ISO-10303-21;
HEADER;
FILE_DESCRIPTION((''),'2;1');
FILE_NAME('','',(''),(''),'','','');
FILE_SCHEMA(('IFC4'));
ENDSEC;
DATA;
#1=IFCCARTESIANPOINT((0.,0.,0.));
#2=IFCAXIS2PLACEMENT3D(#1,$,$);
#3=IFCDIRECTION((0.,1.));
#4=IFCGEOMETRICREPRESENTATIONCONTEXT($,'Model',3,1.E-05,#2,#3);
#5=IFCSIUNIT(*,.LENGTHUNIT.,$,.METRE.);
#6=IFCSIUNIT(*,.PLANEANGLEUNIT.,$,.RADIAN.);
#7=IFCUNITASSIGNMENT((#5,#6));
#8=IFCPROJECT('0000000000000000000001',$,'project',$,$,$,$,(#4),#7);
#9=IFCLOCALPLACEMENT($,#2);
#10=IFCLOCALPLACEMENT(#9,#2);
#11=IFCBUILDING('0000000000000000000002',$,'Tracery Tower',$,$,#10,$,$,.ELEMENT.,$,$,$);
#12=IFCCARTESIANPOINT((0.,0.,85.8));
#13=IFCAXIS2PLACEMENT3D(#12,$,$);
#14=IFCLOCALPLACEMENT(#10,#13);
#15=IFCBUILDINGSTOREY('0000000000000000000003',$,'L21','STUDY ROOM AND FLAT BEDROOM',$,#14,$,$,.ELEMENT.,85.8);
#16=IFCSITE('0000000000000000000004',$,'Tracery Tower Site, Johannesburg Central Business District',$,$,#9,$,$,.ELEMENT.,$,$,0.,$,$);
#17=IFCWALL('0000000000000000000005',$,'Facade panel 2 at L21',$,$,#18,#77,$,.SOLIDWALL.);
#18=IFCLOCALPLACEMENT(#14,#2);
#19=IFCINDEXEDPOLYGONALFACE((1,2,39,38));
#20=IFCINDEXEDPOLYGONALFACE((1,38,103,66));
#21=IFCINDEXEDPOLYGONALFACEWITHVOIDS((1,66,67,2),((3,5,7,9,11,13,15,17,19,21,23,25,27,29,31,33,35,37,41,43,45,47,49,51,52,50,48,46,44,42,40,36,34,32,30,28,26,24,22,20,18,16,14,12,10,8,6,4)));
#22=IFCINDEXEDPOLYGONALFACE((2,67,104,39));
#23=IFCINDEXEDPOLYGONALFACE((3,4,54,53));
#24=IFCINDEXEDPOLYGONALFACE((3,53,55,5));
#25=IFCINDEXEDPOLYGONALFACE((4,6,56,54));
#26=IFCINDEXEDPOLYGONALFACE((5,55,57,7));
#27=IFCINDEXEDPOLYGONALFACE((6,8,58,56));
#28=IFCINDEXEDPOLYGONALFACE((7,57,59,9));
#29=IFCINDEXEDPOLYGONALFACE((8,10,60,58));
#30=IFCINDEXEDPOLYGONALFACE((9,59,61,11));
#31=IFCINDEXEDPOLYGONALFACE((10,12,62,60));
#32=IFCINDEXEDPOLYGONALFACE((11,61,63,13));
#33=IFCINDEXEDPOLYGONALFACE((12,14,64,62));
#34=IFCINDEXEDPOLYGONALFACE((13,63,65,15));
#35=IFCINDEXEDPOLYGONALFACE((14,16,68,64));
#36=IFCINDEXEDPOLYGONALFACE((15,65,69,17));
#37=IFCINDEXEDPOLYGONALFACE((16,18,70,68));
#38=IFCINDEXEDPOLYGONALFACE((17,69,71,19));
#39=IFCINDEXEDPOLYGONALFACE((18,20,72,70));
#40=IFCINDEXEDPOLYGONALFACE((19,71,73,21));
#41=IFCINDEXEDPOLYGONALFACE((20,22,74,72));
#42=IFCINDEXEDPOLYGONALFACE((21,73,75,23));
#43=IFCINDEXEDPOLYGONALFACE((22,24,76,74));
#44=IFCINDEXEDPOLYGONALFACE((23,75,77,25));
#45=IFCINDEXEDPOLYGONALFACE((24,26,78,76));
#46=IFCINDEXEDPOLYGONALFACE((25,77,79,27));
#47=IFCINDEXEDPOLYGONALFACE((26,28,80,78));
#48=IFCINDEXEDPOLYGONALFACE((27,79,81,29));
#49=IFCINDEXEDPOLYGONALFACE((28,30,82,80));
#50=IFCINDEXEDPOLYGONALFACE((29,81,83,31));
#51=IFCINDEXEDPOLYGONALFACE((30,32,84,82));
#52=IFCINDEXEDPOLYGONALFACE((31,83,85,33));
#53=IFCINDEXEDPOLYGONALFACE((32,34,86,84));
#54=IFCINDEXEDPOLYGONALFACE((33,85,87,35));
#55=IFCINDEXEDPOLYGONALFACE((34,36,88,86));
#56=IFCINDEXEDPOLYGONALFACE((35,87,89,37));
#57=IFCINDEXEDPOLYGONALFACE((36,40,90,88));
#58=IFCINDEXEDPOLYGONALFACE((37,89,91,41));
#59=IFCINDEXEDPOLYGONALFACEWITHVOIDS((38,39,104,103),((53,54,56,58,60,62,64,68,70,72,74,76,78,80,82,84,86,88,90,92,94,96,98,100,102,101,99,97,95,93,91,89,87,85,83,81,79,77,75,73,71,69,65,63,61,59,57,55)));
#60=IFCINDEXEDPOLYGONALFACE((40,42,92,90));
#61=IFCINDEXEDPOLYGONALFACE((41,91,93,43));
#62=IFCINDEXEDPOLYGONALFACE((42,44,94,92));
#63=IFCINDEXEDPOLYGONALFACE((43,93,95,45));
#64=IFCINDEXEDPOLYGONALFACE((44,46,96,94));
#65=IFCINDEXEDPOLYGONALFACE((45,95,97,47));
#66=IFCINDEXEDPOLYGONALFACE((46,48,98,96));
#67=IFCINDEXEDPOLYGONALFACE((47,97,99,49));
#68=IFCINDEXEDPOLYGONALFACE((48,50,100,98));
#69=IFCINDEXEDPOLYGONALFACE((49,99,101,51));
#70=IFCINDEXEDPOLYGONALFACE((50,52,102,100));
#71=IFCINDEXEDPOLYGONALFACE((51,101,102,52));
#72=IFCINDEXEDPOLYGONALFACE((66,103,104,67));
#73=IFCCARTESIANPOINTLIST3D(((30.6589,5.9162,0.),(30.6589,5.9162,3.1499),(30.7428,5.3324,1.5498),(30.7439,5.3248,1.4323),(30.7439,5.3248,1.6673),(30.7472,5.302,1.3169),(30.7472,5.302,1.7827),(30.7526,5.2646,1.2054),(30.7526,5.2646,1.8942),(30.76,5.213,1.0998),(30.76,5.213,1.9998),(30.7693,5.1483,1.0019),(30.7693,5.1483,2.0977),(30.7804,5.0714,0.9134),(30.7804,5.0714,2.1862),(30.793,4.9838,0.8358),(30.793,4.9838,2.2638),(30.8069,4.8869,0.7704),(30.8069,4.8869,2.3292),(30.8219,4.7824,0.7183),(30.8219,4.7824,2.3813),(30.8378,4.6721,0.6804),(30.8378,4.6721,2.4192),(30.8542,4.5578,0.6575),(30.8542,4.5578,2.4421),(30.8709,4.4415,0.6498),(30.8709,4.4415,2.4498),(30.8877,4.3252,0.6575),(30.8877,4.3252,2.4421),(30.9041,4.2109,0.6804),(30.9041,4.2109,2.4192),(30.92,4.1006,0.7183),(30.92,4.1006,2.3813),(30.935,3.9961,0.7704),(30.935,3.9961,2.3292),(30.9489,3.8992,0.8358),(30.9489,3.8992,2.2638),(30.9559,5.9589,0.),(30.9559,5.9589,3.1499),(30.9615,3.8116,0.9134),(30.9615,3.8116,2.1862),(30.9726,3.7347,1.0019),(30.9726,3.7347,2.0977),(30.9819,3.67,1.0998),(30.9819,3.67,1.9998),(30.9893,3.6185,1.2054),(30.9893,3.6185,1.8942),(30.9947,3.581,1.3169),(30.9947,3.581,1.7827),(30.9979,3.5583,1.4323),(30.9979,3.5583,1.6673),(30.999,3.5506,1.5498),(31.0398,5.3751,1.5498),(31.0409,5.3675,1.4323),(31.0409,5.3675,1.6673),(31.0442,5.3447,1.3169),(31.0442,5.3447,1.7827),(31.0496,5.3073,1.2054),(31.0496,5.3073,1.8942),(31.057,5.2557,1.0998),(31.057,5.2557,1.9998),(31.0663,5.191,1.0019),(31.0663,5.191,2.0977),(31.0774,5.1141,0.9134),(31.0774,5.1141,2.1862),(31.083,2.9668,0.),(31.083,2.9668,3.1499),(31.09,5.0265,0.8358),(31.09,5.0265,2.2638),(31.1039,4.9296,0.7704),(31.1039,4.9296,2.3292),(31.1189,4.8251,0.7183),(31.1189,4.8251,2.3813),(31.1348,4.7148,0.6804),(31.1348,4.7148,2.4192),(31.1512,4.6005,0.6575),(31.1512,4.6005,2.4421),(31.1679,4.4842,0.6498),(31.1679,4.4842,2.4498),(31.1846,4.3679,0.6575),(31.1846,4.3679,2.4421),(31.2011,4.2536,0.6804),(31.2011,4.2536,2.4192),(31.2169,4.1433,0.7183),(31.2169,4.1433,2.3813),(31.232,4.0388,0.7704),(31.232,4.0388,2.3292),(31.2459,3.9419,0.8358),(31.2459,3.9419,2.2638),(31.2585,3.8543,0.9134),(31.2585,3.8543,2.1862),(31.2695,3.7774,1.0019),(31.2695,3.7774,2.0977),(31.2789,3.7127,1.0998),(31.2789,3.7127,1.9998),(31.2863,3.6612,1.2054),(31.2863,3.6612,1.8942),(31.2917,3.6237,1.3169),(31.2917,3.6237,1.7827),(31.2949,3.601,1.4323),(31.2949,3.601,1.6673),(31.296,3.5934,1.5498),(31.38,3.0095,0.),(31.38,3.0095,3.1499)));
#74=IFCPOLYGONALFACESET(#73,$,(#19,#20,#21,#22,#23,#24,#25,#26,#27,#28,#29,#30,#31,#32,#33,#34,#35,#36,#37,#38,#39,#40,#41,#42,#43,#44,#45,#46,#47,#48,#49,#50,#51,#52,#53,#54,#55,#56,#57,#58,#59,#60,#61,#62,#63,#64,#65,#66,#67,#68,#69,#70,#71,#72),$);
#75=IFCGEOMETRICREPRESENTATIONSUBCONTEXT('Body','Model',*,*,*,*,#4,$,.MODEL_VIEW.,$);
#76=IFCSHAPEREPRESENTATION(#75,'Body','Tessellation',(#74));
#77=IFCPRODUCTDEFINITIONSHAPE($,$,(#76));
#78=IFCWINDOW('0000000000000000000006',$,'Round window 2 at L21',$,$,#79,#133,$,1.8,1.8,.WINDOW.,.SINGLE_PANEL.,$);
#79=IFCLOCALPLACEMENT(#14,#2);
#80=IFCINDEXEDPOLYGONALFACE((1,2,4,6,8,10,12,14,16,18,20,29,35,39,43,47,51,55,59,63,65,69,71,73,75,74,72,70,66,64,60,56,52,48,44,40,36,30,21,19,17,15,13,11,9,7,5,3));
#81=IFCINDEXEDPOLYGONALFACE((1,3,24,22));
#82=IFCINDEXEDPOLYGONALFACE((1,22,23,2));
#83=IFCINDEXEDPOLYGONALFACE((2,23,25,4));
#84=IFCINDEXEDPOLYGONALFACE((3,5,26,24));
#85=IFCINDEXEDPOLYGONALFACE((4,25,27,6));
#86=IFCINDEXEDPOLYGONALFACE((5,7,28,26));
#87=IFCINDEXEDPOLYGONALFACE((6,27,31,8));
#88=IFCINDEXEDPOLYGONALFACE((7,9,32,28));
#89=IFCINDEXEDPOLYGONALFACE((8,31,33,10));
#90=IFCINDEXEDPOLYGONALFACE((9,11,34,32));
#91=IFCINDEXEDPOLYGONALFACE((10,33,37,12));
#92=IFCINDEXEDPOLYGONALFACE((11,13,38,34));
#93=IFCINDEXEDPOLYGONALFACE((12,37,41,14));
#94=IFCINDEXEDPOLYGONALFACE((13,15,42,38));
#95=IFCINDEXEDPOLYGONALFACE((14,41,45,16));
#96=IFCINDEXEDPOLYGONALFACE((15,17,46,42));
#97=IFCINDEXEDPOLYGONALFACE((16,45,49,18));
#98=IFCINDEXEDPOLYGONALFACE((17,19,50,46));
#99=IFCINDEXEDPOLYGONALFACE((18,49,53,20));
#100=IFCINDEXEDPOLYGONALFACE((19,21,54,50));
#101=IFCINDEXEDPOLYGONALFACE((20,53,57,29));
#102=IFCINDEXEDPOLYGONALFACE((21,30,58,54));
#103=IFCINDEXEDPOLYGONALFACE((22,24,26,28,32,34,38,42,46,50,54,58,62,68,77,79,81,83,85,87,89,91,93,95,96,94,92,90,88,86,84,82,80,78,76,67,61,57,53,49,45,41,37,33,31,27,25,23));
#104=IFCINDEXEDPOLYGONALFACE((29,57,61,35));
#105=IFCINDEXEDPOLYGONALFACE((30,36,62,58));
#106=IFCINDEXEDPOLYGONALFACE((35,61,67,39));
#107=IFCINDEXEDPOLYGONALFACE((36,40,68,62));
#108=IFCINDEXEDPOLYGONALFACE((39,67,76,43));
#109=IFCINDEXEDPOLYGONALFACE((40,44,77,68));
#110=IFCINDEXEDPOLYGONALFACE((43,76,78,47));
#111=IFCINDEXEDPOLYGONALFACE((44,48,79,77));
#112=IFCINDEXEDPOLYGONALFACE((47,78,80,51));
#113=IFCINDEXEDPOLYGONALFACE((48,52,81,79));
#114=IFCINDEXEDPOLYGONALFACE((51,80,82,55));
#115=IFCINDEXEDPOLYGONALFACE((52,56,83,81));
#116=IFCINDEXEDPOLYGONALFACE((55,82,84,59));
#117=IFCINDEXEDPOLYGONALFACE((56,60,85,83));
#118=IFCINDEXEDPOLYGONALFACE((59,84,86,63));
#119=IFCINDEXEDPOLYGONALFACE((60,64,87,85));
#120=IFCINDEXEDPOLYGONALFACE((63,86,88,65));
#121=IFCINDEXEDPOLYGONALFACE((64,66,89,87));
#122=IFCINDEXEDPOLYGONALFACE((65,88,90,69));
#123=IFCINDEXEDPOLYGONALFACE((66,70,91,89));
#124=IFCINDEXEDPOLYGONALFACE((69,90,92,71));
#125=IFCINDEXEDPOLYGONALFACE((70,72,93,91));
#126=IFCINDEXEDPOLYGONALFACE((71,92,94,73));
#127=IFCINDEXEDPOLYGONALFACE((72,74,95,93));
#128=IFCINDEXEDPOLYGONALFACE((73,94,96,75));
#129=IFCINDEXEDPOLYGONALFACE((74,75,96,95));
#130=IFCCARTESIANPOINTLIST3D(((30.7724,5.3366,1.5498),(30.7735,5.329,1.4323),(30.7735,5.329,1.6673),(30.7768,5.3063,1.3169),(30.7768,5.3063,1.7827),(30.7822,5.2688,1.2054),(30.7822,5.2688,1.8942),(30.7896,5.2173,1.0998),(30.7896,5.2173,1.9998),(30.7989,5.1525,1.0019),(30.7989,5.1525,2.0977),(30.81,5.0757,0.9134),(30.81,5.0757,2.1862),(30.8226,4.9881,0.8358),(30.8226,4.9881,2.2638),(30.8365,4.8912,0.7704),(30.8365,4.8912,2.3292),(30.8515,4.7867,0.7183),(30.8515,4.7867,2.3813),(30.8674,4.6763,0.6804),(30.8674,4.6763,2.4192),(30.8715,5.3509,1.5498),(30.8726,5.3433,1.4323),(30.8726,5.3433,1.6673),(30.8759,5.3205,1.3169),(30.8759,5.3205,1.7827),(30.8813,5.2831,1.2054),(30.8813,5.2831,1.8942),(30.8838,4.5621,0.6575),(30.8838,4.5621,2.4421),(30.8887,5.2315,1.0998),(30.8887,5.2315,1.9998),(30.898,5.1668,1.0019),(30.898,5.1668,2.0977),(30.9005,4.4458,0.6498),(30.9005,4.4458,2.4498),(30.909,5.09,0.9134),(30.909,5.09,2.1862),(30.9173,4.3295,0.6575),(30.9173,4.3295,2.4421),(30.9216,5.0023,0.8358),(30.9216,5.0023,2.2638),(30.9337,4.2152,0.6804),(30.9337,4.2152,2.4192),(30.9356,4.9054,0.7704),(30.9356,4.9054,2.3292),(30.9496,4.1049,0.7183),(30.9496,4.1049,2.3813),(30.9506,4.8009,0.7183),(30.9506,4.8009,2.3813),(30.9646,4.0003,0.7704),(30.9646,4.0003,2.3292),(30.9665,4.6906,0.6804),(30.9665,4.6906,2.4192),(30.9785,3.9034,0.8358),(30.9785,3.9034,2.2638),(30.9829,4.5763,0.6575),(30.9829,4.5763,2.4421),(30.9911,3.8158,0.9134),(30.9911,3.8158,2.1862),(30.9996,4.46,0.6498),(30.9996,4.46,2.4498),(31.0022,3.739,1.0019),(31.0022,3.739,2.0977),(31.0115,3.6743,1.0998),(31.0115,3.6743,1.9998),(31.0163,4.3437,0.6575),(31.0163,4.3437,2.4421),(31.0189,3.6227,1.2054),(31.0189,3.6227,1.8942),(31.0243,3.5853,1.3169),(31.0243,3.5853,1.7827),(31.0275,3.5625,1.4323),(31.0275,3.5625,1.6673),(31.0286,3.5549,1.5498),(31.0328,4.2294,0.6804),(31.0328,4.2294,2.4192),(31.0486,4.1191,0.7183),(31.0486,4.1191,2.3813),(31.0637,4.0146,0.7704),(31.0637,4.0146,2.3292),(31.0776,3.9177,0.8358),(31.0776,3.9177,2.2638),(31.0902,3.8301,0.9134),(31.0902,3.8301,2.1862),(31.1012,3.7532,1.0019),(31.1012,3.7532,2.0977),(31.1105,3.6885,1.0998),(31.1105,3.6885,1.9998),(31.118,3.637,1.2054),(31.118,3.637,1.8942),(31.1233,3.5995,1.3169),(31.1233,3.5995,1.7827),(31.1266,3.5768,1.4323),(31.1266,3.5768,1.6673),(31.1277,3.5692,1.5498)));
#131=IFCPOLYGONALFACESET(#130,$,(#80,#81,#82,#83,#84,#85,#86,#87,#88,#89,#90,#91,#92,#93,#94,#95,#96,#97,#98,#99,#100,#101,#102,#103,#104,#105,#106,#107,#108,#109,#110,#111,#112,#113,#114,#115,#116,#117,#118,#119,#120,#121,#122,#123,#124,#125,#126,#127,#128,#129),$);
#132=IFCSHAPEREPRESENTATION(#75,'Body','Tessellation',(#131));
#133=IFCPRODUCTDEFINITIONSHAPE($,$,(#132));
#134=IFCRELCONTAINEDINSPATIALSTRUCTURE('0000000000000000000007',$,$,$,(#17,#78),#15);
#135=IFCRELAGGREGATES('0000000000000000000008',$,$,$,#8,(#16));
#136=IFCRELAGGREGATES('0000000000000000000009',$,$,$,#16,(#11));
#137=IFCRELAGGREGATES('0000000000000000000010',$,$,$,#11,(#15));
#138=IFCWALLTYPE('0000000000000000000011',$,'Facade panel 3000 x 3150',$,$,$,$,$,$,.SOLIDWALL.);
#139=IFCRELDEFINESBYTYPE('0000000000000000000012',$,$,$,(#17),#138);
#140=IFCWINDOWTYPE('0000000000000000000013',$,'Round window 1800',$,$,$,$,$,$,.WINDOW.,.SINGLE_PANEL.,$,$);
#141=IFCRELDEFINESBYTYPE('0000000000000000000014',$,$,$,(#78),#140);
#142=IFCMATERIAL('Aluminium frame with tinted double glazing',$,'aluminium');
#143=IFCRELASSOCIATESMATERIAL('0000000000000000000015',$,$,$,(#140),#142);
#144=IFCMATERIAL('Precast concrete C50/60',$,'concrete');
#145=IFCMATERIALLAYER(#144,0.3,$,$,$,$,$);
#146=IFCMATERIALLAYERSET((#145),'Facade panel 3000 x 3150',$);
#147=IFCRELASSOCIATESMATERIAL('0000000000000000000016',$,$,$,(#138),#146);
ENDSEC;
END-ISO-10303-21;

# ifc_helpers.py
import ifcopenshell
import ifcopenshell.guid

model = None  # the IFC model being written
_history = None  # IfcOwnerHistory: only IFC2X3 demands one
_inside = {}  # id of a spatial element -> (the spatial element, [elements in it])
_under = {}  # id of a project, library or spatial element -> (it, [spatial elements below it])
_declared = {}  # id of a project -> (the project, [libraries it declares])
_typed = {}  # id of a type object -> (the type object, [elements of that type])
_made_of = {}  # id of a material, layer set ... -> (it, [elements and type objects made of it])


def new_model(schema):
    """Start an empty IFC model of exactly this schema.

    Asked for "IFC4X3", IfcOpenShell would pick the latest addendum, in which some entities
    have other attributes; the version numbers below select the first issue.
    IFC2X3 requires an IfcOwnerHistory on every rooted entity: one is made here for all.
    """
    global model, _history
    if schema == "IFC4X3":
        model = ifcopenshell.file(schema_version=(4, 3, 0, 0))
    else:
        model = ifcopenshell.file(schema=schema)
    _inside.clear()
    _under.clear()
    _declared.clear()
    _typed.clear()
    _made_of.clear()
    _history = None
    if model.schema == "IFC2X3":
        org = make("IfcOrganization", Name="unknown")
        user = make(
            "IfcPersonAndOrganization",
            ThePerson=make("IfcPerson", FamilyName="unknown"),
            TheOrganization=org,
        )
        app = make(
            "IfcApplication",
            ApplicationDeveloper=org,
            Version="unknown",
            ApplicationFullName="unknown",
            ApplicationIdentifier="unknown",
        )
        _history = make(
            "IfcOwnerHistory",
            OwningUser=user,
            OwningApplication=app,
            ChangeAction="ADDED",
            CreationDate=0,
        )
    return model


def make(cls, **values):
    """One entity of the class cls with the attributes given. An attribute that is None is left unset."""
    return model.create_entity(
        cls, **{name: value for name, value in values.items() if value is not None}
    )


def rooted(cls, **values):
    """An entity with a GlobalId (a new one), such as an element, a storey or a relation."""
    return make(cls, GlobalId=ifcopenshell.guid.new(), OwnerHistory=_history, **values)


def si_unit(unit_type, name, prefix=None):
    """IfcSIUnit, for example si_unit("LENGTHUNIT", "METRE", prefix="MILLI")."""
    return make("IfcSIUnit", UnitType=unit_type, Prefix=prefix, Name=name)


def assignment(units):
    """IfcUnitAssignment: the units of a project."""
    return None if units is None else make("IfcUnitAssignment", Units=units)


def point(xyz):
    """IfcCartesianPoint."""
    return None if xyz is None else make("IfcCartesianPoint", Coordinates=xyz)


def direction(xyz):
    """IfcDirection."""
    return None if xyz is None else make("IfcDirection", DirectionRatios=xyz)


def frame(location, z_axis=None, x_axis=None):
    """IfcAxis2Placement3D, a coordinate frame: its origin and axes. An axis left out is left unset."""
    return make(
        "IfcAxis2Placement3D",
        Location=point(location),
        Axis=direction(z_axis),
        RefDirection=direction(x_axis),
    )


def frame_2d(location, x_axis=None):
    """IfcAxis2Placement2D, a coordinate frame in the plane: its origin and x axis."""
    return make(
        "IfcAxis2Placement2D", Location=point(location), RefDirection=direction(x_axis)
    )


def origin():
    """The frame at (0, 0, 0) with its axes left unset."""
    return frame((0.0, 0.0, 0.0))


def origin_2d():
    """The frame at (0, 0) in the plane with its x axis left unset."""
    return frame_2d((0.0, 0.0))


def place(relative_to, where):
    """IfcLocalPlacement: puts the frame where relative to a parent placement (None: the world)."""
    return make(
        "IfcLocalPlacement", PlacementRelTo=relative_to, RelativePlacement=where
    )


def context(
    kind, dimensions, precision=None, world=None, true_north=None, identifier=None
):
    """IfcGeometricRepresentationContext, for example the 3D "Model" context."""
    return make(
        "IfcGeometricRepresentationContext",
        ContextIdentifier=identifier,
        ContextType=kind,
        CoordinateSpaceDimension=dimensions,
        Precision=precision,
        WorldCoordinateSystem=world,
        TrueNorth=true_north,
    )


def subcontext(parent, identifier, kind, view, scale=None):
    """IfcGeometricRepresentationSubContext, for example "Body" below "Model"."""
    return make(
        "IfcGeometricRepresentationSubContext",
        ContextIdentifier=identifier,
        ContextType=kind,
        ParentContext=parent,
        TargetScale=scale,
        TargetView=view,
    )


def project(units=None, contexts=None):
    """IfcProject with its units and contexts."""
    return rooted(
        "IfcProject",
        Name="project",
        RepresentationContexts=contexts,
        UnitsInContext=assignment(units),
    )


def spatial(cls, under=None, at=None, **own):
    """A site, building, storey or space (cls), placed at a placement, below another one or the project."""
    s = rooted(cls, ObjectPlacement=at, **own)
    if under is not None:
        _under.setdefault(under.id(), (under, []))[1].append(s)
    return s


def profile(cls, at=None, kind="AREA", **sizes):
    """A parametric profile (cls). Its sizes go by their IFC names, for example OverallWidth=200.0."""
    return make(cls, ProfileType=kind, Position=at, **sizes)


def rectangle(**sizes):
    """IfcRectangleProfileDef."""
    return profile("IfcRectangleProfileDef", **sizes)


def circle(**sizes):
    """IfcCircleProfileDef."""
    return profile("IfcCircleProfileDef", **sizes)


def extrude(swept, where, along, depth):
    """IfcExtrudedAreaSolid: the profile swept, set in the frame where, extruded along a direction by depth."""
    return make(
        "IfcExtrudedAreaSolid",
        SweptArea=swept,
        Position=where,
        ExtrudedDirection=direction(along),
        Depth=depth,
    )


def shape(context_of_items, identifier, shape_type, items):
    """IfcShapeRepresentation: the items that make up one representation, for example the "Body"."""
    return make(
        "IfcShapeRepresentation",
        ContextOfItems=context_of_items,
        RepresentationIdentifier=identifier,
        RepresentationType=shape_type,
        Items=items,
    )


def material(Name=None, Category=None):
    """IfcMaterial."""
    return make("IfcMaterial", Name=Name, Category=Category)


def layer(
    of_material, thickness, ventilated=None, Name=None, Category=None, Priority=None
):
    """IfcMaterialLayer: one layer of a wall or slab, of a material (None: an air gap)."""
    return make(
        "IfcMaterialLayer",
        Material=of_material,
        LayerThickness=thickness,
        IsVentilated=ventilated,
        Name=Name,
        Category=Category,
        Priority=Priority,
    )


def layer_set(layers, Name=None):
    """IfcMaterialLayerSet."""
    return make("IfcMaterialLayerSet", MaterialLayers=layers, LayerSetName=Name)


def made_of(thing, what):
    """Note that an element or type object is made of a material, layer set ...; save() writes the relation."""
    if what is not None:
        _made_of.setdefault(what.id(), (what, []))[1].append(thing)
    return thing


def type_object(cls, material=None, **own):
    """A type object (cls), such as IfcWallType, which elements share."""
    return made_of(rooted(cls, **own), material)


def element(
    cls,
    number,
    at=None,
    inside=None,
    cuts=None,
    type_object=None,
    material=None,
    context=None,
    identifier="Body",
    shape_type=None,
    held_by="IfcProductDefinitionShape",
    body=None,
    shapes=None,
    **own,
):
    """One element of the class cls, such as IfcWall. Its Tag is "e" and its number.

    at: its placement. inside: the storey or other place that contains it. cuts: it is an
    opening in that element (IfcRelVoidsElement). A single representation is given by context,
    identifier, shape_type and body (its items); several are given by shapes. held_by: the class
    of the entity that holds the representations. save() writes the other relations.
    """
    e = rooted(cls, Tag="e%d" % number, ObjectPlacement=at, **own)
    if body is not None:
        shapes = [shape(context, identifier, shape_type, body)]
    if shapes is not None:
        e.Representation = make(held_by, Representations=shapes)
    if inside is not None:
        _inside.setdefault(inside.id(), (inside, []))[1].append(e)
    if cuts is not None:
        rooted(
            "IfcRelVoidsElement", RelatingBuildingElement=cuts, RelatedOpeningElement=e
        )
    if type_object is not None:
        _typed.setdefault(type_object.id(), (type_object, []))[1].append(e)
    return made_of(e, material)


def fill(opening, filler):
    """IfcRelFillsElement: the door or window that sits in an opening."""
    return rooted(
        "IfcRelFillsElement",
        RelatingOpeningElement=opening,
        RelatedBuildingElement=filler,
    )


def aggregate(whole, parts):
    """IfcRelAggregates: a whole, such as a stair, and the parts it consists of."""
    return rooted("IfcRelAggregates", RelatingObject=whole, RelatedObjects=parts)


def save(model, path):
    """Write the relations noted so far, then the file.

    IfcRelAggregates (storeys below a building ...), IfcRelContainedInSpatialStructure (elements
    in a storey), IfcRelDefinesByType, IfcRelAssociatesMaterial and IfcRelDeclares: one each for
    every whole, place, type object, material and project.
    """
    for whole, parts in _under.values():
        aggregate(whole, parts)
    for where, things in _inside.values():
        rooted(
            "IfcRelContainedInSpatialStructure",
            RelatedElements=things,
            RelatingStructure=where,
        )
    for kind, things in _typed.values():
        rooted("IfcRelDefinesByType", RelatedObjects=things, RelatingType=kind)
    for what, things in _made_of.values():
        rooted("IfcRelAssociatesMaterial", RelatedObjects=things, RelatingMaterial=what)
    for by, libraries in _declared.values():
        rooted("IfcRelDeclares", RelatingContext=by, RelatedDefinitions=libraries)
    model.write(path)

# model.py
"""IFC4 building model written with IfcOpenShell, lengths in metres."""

from ifc_helpers import new_model, si_unit, direction, frame, frame_2d, origin, origin_2d, place, context, subcontext, project, spatial, rectangle, circle, extrude, material, layer, layer_set, type_object, element, fill, save


model = new_model("IFC4")

# Units and contexts
model_context = context("Model", 3, precision=1e-05, world=origin(), true_north=direction((0.0, 1.0)))
body_context = subcontext(model_context, "Body", "Model", "MODEL_VIEW")
ifc_project = project(units=[si_unit("LENGTHUNIT", "METRE"), si_unit("PLANEANGLEUNIT", "RADIAN")], contexts=[model_context])

# Site, building, storey
site_placement = place(None, origin())
site = spatial("IfcSite", under=ifc_project, at=site_placement, Name="Tracery Tower Site, Johannesburg Central Business District", CompositionType="ELEMENT", RefElevation=0.0)
building_placement = place(site_placement, origin())
building = spatial("IfcBuilding", under=site, at=building_placement, Name="Tracery Tower", CompositionType="ELEMENT")
storey_placement = place(building_placement, frame((0.0, 0.0, 85.8)))
storey = spatial("IfcBuildingStorey", under=building, at=storey_placement, Name="L21", Description="STUDY ROOM AND FLAT BEDROOM", CompositionType="ELEMENT", Elevation=85.8)

# Wall, opening, window
ifc_material_1 = material(Name="Aluminium frame with tinted double glazing", Category="aluminium")
window_type = type_object("IfcWindowType", Name="Round window 1800", PartitioningType="SINGLE_PANEL", PredefinedType="WINDOW", material=ifc_material_1)
ifc_material_2 = material(Name="Precast concrete C50/60", Category="concrete")
ifc_layer_1 = layer(ifc_material_2, 0.3)
ifc_layer_set_1 = layer_set([ifc_layer_1], Name="Facade panel 3000 x 3150")
wall_type_1 = type_object("IfcWallType", Name="Facade panel 3000 x 3150", PredefinedType="SOLIDWALL", material=ifc_layer_set_1)
wall_1_placement = place(storey_placement, frame((31.2314, 2.9883, 0.0), z_axis=(0.0, 0.0, 1.0), x_axis=(-0.142316, 0.989821, 0.0)))
wall_1 = element("IfcWall", 1, at=wall_1_placement, inside=storey, type_object=wall_type_1, Name="Facade panel 2 at L21", PredefinedType="SOLIDWALL", context=body_context, shape_type="SweptSolid", body=[
    extrude(rectangle(XDim=2.9797, YDim=0.3, at=frame_2d((1.4897, 0.0))), origin(), (0.0, 0.0, 1.0), 3.1499),
])
opening_1_placement = place(wall_1_placement, frame((1.4897, 0.0, 1.5498)))
opening_1 = element("IfcOpeningElement", 2, at=opening_1_placement, cuts=wall_1, PredefinedType="OPENING", context=body_context, shape_type="SweptSolid", body=[
    extrude(circle(Radius=0.9, at=origin_2d()), frame((0.0, 0.1599, 0.0), z_axis=(0.0, -1.0, 0.0), x_axis=(1.0, 0.0, 0.0)), (0.0, 0.0, 1.0), 0.3201),
])
window_1_placement = place(opening_1_placement, origin())
window_1 = element("IfcWindow", 3, at=window_1_placement, inside=storey, type_object=window_type, Name="Round window 2 at L21", OverallHeight=1.8, OverallWidth=1.8, PartitioningType="SINGLE_PANEL", PredefinedType="WINDOW", context=body_context, shape_type="SweptSolid", body=[
    extrude(circle(Radius=0.9, at=origin_2d()), frame((0.0, 0.1201, 0.0), z_axis=(0.0, -1.0, 0.0), x_axis=(1.0, 0.0, 0.0)), (0.0, 0.0, 1.0), 0.1001),
])
fill(opening_1, window_1)

save(model, "model.ifc")
